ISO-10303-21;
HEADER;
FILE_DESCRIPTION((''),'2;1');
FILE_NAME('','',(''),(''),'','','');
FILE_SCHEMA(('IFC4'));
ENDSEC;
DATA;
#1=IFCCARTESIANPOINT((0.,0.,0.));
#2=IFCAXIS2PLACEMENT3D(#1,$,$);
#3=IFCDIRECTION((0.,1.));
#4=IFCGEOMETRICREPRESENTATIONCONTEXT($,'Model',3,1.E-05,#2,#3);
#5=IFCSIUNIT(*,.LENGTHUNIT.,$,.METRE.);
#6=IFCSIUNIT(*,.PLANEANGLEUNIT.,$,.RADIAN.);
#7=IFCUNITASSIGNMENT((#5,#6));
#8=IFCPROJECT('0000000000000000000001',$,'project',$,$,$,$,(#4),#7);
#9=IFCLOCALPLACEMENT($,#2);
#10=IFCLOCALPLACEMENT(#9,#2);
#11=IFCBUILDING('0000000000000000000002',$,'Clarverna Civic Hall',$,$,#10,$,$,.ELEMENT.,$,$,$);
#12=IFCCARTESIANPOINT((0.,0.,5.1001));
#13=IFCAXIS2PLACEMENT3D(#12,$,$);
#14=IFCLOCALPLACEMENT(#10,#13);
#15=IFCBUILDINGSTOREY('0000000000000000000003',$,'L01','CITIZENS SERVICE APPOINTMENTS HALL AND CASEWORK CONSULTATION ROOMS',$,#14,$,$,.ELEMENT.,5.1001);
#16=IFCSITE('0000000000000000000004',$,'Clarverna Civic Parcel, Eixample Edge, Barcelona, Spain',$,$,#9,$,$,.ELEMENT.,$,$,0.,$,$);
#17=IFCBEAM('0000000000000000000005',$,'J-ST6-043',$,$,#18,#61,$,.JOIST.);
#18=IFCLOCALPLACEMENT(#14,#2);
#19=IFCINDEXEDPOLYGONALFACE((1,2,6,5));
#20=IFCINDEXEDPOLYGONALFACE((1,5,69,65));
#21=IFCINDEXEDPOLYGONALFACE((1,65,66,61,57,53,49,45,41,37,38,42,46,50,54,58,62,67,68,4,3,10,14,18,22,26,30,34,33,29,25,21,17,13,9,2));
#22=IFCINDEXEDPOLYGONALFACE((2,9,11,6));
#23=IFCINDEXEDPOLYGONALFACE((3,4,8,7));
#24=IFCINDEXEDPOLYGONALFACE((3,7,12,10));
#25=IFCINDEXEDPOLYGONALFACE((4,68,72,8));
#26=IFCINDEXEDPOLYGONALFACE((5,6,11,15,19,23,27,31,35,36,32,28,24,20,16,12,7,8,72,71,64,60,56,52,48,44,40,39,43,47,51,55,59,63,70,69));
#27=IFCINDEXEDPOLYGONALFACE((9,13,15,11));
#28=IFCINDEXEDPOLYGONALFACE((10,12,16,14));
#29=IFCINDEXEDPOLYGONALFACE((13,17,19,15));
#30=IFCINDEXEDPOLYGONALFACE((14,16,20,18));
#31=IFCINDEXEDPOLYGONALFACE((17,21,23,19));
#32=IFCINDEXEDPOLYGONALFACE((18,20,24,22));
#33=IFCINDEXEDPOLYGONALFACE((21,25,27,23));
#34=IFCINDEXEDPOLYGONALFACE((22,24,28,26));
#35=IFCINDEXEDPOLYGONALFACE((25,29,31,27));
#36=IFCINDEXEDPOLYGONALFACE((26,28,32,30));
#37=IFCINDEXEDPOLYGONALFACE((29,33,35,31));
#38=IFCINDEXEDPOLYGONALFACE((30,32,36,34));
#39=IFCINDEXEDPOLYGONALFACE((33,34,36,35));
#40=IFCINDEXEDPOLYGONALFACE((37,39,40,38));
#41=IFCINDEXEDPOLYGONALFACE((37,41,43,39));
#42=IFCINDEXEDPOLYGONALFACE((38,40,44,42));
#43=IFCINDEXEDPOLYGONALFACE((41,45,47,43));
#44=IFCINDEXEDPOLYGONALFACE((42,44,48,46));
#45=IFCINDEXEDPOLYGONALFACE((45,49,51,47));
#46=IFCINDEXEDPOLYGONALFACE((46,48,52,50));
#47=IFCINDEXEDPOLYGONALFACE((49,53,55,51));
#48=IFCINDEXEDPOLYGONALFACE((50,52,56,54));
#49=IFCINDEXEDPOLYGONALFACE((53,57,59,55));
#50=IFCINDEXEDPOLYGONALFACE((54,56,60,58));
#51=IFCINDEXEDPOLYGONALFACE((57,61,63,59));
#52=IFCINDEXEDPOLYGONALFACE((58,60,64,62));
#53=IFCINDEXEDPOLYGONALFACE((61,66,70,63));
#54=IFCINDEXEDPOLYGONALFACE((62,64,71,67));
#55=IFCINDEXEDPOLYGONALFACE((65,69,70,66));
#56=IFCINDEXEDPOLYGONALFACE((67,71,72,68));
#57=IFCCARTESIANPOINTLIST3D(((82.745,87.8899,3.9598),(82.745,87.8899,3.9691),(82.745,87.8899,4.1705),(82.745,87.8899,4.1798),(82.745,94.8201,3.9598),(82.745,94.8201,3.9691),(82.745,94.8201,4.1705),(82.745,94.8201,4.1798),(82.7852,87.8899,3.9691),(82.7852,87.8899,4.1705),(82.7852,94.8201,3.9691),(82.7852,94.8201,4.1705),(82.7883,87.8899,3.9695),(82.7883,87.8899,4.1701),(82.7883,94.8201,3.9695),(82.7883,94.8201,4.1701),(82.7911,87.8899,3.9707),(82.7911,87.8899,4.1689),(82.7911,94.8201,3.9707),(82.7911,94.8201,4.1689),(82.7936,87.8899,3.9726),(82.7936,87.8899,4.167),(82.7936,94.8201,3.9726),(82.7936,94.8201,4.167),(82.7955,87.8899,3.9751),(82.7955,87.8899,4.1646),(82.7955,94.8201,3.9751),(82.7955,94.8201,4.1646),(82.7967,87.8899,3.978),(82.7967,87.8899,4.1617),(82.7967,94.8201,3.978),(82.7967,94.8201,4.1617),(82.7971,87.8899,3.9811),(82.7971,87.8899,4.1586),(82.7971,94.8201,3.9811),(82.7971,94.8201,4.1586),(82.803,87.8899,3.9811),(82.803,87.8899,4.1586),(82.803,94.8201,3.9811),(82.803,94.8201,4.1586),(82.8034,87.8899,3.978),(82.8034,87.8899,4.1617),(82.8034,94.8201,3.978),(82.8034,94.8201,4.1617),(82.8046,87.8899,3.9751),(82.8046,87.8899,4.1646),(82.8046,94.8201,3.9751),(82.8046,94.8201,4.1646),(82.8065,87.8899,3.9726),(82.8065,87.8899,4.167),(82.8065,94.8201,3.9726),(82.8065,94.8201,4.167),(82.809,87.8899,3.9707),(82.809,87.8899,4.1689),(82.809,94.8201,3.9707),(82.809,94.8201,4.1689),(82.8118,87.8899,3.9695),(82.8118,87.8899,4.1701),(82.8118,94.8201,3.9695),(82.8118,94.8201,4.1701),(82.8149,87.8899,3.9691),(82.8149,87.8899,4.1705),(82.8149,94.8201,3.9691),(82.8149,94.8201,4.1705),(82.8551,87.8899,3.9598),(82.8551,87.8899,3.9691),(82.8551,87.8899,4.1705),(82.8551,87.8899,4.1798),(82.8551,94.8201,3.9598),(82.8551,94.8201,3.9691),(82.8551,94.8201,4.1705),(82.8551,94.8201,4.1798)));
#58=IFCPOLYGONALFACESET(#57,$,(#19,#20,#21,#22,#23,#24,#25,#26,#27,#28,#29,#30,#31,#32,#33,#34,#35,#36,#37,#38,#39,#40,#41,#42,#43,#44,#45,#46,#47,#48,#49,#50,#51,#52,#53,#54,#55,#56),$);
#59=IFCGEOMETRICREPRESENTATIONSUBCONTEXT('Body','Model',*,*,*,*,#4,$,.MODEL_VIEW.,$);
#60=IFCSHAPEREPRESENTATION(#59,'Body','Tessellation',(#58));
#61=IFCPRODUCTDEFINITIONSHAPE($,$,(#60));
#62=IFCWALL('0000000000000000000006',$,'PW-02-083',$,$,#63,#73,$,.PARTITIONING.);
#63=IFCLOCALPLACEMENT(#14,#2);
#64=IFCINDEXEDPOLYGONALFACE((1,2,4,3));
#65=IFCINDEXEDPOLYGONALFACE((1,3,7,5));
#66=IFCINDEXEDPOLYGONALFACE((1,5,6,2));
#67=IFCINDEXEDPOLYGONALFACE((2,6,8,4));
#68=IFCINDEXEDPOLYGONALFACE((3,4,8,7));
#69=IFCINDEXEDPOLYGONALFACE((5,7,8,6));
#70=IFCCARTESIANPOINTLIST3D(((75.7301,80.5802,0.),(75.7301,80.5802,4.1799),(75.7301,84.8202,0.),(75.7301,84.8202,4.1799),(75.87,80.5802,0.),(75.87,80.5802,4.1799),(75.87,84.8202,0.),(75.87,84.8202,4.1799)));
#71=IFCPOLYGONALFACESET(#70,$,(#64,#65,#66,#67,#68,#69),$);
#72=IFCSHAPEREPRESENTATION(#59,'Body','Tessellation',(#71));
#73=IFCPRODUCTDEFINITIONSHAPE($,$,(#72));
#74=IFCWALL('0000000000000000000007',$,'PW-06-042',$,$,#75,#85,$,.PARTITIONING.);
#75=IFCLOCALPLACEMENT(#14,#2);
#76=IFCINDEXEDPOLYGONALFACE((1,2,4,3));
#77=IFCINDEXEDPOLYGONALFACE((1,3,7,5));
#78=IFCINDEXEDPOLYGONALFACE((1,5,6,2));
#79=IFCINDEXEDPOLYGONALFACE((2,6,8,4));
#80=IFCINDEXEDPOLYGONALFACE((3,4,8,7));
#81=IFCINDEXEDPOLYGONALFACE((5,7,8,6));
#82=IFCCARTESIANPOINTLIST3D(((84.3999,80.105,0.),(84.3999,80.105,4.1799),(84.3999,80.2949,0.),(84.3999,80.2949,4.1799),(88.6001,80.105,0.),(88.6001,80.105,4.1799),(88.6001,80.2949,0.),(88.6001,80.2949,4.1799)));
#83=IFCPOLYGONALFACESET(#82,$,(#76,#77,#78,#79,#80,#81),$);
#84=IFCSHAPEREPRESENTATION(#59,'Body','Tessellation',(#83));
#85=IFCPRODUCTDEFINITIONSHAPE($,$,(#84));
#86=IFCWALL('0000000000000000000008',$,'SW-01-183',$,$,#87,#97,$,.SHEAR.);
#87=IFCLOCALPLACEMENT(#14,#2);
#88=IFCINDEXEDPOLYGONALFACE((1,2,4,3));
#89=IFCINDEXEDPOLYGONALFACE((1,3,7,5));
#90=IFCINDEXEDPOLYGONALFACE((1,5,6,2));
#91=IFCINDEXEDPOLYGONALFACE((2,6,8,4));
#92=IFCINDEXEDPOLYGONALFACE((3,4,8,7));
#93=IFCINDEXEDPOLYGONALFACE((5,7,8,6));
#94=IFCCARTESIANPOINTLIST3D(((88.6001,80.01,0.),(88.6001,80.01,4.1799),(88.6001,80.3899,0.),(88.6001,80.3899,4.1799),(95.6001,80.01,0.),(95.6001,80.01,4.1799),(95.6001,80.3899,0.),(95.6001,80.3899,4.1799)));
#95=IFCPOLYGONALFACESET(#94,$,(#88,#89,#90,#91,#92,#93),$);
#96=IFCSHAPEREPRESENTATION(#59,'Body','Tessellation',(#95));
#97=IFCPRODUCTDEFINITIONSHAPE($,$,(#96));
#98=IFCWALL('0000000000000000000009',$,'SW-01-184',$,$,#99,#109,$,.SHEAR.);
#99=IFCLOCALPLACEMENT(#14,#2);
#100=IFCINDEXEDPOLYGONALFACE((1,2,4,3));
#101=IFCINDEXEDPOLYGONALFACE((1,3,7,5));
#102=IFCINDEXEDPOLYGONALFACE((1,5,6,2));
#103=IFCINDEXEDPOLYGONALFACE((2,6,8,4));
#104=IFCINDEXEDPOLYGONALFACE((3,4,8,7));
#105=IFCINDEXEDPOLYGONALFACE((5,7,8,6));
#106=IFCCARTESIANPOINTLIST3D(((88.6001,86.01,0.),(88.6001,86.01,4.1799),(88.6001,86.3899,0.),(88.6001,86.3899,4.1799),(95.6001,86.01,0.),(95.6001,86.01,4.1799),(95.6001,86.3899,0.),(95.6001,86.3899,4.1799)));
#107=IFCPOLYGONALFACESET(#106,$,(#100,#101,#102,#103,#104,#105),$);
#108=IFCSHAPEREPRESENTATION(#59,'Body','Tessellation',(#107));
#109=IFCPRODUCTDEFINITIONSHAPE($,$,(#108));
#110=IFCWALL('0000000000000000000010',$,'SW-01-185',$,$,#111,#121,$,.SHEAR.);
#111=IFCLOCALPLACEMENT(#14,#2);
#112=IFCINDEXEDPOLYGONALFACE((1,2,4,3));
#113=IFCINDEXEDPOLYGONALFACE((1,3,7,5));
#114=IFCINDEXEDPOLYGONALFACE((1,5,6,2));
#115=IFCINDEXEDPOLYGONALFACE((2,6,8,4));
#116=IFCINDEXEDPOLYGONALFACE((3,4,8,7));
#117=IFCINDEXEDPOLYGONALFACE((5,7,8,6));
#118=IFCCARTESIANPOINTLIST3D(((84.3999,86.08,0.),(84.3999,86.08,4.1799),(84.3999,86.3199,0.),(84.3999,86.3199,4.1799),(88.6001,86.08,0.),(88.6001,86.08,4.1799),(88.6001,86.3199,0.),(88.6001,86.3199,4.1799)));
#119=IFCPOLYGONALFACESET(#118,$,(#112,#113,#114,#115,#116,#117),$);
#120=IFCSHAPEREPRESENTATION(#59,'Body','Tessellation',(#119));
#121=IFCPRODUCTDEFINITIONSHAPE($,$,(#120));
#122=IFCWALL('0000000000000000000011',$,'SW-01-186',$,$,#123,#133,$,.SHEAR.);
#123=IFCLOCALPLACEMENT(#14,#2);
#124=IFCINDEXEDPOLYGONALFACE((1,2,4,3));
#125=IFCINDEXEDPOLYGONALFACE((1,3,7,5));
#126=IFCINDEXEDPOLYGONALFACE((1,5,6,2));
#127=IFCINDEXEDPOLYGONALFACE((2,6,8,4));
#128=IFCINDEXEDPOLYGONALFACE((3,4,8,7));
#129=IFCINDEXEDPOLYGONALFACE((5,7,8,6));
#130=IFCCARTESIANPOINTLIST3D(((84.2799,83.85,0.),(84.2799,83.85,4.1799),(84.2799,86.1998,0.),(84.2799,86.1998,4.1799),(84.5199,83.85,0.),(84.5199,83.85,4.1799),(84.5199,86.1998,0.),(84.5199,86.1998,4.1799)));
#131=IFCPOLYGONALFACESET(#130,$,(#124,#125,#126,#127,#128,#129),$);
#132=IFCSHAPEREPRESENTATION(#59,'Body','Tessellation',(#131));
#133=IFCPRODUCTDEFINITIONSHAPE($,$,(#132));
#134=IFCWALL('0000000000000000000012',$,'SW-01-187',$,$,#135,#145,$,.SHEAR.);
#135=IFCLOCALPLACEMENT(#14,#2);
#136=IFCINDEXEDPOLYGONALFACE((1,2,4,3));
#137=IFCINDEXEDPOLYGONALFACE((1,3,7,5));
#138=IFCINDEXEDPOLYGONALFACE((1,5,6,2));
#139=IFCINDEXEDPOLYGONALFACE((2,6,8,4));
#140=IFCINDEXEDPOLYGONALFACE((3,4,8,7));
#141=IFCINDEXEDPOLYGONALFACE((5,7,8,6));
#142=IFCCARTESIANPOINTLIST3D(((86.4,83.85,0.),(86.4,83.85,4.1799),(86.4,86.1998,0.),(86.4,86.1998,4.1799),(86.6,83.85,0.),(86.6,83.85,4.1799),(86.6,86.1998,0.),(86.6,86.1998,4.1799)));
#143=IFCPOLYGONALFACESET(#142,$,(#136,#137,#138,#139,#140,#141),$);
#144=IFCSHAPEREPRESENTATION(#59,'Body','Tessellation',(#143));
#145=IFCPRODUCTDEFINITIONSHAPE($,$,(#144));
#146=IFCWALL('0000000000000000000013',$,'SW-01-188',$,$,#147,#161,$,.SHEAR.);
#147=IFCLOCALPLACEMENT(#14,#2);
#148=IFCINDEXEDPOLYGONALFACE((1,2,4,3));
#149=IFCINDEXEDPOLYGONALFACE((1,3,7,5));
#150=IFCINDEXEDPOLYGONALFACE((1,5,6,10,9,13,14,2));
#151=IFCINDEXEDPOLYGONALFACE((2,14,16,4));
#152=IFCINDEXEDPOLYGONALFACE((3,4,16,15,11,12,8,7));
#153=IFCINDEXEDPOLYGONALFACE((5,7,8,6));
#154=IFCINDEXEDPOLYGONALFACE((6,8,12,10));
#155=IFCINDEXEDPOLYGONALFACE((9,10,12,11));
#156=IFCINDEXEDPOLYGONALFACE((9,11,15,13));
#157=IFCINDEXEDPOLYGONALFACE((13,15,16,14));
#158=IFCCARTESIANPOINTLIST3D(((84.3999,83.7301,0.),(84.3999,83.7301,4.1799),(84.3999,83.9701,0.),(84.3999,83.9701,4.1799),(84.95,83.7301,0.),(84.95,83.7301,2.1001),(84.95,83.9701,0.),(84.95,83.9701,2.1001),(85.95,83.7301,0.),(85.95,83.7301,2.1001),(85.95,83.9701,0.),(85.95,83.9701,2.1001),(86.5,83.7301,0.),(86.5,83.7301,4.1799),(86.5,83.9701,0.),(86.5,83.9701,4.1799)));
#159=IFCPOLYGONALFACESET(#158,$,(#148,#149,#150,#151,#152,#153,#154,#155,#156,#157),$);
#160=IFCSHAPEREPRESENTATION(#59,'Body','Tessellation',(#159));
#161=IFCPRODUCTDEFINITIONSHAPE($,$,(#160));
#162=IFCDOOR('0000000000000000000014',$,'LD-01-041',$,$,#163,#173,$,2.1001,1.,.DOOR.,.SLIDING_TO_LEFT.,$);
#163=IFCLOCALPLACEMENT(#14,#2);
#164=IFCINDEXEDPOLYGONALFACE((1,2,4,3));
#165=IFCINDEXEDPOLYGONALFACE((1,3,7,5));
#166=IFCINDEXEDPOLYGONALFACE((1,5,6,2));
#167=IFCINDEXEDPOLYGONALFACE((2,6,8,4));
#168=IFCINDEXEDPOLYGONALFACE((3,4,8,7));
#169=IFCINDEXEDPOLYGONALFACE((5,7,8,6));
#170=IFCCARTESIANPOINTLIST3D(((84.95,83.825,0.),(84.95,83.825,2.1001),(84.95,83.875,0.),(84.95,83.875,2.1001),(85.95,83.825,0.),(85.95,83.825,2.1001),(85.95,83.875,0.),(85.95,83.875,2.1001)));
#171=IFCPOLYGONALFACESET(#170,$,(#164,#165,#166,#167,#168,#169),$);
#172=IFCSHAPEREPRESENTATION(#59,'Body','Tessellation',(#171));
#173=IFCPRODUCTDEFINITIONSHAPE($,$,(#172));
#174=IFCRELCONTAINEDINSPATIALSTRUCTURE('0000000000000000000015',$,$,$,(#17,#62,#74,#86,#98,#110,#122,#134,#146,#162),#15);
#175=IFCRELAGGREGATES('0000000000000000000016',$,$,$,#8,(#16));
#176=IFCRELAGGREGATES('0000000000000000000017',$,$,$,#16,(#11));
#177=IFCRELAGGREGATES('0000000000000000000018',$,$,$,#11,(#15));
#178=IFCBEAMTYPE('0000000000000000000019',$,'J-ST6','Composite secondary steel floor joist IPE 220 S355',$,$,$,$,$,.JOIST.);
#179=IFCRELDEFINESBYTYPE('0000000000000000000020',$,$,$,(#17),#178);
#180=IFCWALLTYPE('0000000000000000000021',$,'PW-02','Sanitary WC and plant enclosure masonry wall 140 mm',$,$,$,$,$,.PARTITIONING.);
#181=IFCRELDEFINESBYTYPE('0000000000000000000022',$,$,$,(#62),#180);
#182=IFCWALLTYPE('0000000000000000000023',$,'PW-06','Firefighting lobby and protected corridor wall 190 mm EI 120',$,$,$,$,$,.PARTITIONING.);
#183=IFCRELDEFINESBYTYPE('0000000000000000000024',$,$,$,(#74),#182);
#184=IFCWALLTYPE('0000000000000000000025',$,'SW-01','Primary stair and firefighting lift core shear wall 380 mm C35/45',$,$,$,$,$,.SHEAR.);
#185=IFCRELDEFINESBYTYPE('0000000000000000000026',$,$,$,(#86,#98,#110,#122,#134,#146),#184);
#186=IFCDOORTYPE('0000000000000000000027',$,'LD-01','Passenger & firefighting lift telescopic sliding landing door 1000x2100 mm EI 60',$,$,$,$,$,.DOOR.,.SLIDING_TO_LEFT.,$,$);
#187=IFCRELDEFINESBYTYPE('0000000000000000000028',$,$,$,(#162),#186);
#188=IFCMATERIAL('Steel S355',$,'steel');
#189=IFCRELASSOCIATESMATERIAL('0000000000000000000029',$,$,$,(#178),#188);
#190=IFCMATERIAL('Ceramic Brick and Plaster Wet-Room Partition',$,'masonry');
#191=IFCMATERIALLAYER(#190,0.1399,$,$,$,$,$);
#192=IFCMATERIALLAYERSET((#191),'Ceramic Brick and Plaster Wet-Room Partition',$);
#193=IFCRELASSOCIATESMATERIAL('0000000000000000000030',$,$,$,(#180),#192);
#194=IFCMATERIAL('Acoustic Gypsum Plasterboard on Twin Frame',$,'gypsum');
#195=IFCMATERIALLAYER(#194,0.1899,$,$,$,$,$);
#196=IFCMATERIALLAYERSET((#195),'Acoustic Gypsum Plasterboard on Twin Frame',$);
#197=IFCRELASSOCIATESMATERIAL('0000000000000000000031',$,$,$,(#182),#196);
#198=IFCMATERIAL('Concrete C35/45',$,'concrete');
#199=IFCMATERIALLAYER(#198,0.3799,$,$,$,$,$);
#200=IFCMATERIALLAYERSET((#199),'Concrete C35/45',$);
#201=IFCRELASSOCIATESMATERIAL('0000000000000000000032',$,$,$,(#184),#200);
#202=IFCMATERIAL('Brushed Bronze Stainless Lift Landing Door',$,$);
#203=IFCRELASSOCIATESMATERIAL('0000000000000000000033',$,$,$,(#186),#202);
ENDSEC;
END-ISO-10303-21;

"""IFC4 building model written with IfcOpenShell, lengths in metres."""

from ifc_helpers import new_model, si_unit, direction, frame, frame_2d, origin, origin_2d, place, context, subcontext, project, spatial, rectangle, i_section, extrude, material, layer, layer_set, material_profile, profile_set, type_object, element, fill, save


model = new_model("IFC4")

# Units and contexts
model_context = context("Model", 3, precision=1e-05, world=origin(), true_north=direction((0.0, 1.0)))
body_context = subcontext(model_context, "Body", "Model", "MODEL_VIEW")
ifc_project = project(units=[si_unit("LENGTHUNIT", "METRE"), si_unit("PLANEANGLEUNIT", "RADIAN")], contexts=[model_context])

# Site, building, storey
site_placement = place(None, origin())
site = spatial("IfcSite", under=ifc_project, at=site_placement, Name="Clarverna Civic Parcel, Eixample Edge, Barcelona, Spain", CompositionType="ELEMENT", RefElevation=0.0)
building_placement = place(site_placement, origin())
building = spatial("IfcBuilding", under=site, at=building_placement, Name="Clarverna Civic Hall", CompositionType="ELEMENT")
storey_placement = place(building_placement, frame((0.0, 0.0, 5.1001)))
storey = spatial("IfcBuildingStorey", under=building, at=storey_placement, Name="L01", Description="CITIZENS SERVICE APPOINTMENTS HALL AND CASEWORK CONSULTATION ROOMS", CompositionType="ELEMENT", Elevation=5.1001)

# Shared definitions
ifc_material_1 = material(Name="Concrete C35/45", Category="concrete")

# Beam
ifc_material_2 = material(Name="Steel S355", Category="steel")
ifc_material_profile_1 = material_profile(ifc_material_2, i_section(OverallWidth=0.1101, OverallDepth=0.22, WebThickness=0.0059, FlangeThickness=0.0093, FilletRadius=0.012, at=origin_2d()), Name="IPE 220")
ifc_profile_set_1 = profile_set([ifc_material_profile_1], Name="Steel S355")
beam_type_1 = type_object("IfcBeamType", Name="J-ST6", Description="Composite secondary steel floor joist IPE 220 S355", PredefinedType="JOIST", material=ifc_profile_set_1)
beam_1_placement = place(storey_placement, frame((82.8, 87.8899, 4.0698), z_axis=(0.0, 1.0, 0.0), x_axis=(-1.0, 0.0, 0.0)))
element("IfcBeam", 1, at=beam_1_placement, inside=storey, type_object=beam_type_1, Name="J-ST6-043", PredefinedType="JOIST", context=body_context, shape_type="SweptSolid", body=[
    extrude(i_section(OverallWidth=0.1101, OverallDepth=0.22, WebThickness=0.0059, FlangeThickness=0.0093, FilletRadius=0.012, at=origin_2d()), origin(), (0.0, 0.0, 1.0), 6.9302),
])

# Wall
ifc_material_3 = material(Name="Ceramic Brick and Plaster Wet-Room Partition", Category="masonry")
ifc_layer_1 = layer(ifc_material_3, 0.1399)
ifc_layer_set_1 = layer_set([ifc_layer_1], Name="Ceramic Brick and Plaster Wet-Room Partition")
wall_type_1 = type_object("IfcWallType", Name="PW-02", Description="Sanitary WC and plant enclosure masonry wall 140 mm", PredefinedType="PARTITIONING", material=ifc_layer_set_1)
wall_1_placement = place(storey_placement, frame((75.8, 80.5801, 0.0), z_axis=(0.0, 0.0, 1.0), x_axis=(0.0, 1.0, 0.0)))
element("IfcWall", 2, at=wall_1_placement, inside=storey, type_object=wall_type_1, Name="PW-02-083", PredefinedType="PARTITIONING", context=body_context, shape_type="SweptSolid", body=[
    extrude(rectangle(XDim=4.24, YDim=0.1399, at=frame_2d((2.1201, 0.0))), origin(), (0.0, 0.0, 1.0), 4.1799),
])

# Shared definitions
ifc_material_4 = material(Name="Acoustic Gypsum Plasterboard on Twin Frame", Category="gypsum")
ifc_layer_2 = layer(ifc_material_4, 0.1899)
ifc_layer_set_2 = layer_set([ifc_layer_2], Name="Acoustic Gypsum Plasterboard on Twin Frame")
wall_type_2 = type_object("IfcWallType", Name="PW-06", Description="Firefighting lobby and protected corridor wall 190 mm EI 120", PredefinedType="PARTITIONING", material=ifc_layer_set_2)

# Wall
wall_2_placement = place(storey_placement, frame((84.3999, 80.2, 0.0), z_axis=(0.0, 0.0, 1.0), x_axis=(1.0, 0.0, 0.0)))
element("IfcWall", 3, at=wall_2_placement, inside=storey, type_object=wall_type_2, Name="PW-06-042", PredefinedType="PARTITIONING", context=body_context, shape_type="SweptSolid", body=[
    extrude(rectangle(XDim=4.2002, YDim=0.1899, at=frame_2d((2.1001, 0.0))), origin(), (0.0, 0.0, 1.0), 4.1799),
])

# Shared definitions
ifc_layer_3 = layer(ifc_material_1, 0.3799)
ifc_layer_set_3 = layer_set([ifc_layer_3], Name="Concrete C35/45")
wall_type_3 = type_object("IfcWallType", Name="SW-01", Description="Primary stair and firefighting lift core shear wall 380 mm C35/45", PredefinedType="SHEAR", material=ifc_layer_set_3)

# Walls
for number, where, z_axis, x_axis, name in (
    (4, (88.6001, 80.2, 0.0), (0.0, 0.0, 1.0), (1.0, 0.0, 0.0), "SW-01-183"),
    (5, (88.6001, 86.2, 0.0), (0.0, 0.0, 1.0), (1.0, 0.0, 0.0), "SW-01-184"),
):
    element("IfcWall", number, at=place(storey_placement, frame(where, z_axis=z_axis, x_axis=x_axis)), inside=storey, type_object=wall_type_3, Name=name, PredefinedType="SHEAR", context=body_context, shape_type="SweptSolid", body=[
        extrude(rectangle(XDim=7.0, YDim=0.3799, at=frame_2d((3.5, 0.0))), origin(), (0.0, 0.0, 1.0), 4.1799),
    ])
wall_3_placement = place(storey_placement, frame((84.3999, 86.2, 0.0), z_axis=(0.0, 0.0, 1.0), x_axis=(1.0, 0.0, 0.0)))
element("IfcWall", 6, at=wall_3_placement, inside=storey, type_object=wall_type_3, Name="SW-01-185", PredefinedType="SHEAR", context=body_context, shape_type="SweptSolid", body=[
    extrude(rectangle(XDim=4.2002, YDim=0.24, at=frame_2d((2.1001, 0.0))), origin(), (0.0, 0.0, 1.0), 4.1799),
])
wall_4_placement = place(storey_placement, frame((84.3999, 83.8501, 0.0), z_axis=(0.0, 0.0, 1.0), x_axis=(0.0, 1.0, 0.0)))
element("IfcWall", 7, at=wall_4_placement, inside=storey, type_object=wall_type_3, Name="SW-01-186", PredefinedType="SHEAR", context=body_context, shape_type="SweptSolid", body=[
    extrude(rectangle(XDim=2.3499, YDim=0.24, at=frame_2d((1.1748, 0.0))), origin(), (0.0, 0.0, 1.0), 4.1799),
])
wall_5_placement = place(storey_placement, frame((86.5, 83.8501, 0.0), z_axis=(0.0, 0.0, 1.0), x_axis=(0.0, 1.0, 0.0)))
element("IfcWall", 8, at=wall_5_placement, inside=storey, type_object=wall_type_3, Name="SW-01-187", PredefinedType="SHEAR", context=body_context, shape_type="SweptSolid", body=[
    extrude(rectangle(XDim=2.3499, YDim=0.2, at=frame_2d((1.1748, 0.0))), origin(), (0.0, 0.0, 1.0), 4.1799),
])

# Wall, opening, door
wall_6_placement = place(storey_placement, frame((84.3999, 83.8501, 0.0), z_axis=(0.0, 0.0, 1.0), x_axis=(1.0, 0.0, 0.0)))
wall_6 = element("IfcWall", 9, at=wall_6_placement, inside=storey, type_object=wall_type_3, Name="SW-01-188", PredefinedType="SHEAR", context=body_context, shape_type="SweptSolid", body=[
    extrude(rectangle(XDim=2.1001, YDim=0.24, at=frame_2d((1.05, 0.0))), origin(), (0.0, 0.0, 1.0), 4.1799),
])
opening_1_placement = place(wall_6_placement, frame((0.55, 0.0, 0.0)))
opening_1 = element("IfcOpeningElement", 10, at=opening_1_placement, cuts=wall_6, PredefinedType="OPENING", context=body_context, shape_type="SweptSolid", body=[
    extrude(rectangle(XDim=1.0, YDim=2.1001, at=frame_2d((0.5, 1.05))), frame((0.0, 0.1299, 0.0), z_axis=(0.0, -1.0, 0.0), x_axis=(1.0, 0.0, 0.0)), (0.0, 0.0, 1.0), 0.26),
])
ifc_material_5 = material(Name="Brushed Bronze Stainless Lift Landing Door")
door_type_1 = type_object("IfcDoorType", Name="LD-01", Description="Passenger & firefighting lift telescopic sliding landing door 1000x2100 mm EI 60", OperationType="SLIDING_TO_LEFT", PredefinedType="DOOR", material=ifc_material_5)
door_1_placement = place(opening_1_placement, origin())
door_1 = element("IfcDoor", 11, at=door_1_placement, inside=storey, type_object=door_type_1, Name="LD-01-041", OperationType="SLIDING_TO_LEFT", OverallHeight=2.1001, OverallWidth=1.0, PredefinedType="DOOR", context=body_context, shape_type="SweptSolid", body=[
    extrude(rectangle(XDim=1.0, YDim=2.1001, at=frame_2d((0.5, 1.05))), frame((0.0, 0.0249, 0.0), z_axis=(0.0, -1.0, 0.0), x_axis=(1.0, 0.0, 0.0)), (0.0, 0.0, 1.0), 0.05),
])
fill(opening_1, door_1)

save(model, "model.ifc")
